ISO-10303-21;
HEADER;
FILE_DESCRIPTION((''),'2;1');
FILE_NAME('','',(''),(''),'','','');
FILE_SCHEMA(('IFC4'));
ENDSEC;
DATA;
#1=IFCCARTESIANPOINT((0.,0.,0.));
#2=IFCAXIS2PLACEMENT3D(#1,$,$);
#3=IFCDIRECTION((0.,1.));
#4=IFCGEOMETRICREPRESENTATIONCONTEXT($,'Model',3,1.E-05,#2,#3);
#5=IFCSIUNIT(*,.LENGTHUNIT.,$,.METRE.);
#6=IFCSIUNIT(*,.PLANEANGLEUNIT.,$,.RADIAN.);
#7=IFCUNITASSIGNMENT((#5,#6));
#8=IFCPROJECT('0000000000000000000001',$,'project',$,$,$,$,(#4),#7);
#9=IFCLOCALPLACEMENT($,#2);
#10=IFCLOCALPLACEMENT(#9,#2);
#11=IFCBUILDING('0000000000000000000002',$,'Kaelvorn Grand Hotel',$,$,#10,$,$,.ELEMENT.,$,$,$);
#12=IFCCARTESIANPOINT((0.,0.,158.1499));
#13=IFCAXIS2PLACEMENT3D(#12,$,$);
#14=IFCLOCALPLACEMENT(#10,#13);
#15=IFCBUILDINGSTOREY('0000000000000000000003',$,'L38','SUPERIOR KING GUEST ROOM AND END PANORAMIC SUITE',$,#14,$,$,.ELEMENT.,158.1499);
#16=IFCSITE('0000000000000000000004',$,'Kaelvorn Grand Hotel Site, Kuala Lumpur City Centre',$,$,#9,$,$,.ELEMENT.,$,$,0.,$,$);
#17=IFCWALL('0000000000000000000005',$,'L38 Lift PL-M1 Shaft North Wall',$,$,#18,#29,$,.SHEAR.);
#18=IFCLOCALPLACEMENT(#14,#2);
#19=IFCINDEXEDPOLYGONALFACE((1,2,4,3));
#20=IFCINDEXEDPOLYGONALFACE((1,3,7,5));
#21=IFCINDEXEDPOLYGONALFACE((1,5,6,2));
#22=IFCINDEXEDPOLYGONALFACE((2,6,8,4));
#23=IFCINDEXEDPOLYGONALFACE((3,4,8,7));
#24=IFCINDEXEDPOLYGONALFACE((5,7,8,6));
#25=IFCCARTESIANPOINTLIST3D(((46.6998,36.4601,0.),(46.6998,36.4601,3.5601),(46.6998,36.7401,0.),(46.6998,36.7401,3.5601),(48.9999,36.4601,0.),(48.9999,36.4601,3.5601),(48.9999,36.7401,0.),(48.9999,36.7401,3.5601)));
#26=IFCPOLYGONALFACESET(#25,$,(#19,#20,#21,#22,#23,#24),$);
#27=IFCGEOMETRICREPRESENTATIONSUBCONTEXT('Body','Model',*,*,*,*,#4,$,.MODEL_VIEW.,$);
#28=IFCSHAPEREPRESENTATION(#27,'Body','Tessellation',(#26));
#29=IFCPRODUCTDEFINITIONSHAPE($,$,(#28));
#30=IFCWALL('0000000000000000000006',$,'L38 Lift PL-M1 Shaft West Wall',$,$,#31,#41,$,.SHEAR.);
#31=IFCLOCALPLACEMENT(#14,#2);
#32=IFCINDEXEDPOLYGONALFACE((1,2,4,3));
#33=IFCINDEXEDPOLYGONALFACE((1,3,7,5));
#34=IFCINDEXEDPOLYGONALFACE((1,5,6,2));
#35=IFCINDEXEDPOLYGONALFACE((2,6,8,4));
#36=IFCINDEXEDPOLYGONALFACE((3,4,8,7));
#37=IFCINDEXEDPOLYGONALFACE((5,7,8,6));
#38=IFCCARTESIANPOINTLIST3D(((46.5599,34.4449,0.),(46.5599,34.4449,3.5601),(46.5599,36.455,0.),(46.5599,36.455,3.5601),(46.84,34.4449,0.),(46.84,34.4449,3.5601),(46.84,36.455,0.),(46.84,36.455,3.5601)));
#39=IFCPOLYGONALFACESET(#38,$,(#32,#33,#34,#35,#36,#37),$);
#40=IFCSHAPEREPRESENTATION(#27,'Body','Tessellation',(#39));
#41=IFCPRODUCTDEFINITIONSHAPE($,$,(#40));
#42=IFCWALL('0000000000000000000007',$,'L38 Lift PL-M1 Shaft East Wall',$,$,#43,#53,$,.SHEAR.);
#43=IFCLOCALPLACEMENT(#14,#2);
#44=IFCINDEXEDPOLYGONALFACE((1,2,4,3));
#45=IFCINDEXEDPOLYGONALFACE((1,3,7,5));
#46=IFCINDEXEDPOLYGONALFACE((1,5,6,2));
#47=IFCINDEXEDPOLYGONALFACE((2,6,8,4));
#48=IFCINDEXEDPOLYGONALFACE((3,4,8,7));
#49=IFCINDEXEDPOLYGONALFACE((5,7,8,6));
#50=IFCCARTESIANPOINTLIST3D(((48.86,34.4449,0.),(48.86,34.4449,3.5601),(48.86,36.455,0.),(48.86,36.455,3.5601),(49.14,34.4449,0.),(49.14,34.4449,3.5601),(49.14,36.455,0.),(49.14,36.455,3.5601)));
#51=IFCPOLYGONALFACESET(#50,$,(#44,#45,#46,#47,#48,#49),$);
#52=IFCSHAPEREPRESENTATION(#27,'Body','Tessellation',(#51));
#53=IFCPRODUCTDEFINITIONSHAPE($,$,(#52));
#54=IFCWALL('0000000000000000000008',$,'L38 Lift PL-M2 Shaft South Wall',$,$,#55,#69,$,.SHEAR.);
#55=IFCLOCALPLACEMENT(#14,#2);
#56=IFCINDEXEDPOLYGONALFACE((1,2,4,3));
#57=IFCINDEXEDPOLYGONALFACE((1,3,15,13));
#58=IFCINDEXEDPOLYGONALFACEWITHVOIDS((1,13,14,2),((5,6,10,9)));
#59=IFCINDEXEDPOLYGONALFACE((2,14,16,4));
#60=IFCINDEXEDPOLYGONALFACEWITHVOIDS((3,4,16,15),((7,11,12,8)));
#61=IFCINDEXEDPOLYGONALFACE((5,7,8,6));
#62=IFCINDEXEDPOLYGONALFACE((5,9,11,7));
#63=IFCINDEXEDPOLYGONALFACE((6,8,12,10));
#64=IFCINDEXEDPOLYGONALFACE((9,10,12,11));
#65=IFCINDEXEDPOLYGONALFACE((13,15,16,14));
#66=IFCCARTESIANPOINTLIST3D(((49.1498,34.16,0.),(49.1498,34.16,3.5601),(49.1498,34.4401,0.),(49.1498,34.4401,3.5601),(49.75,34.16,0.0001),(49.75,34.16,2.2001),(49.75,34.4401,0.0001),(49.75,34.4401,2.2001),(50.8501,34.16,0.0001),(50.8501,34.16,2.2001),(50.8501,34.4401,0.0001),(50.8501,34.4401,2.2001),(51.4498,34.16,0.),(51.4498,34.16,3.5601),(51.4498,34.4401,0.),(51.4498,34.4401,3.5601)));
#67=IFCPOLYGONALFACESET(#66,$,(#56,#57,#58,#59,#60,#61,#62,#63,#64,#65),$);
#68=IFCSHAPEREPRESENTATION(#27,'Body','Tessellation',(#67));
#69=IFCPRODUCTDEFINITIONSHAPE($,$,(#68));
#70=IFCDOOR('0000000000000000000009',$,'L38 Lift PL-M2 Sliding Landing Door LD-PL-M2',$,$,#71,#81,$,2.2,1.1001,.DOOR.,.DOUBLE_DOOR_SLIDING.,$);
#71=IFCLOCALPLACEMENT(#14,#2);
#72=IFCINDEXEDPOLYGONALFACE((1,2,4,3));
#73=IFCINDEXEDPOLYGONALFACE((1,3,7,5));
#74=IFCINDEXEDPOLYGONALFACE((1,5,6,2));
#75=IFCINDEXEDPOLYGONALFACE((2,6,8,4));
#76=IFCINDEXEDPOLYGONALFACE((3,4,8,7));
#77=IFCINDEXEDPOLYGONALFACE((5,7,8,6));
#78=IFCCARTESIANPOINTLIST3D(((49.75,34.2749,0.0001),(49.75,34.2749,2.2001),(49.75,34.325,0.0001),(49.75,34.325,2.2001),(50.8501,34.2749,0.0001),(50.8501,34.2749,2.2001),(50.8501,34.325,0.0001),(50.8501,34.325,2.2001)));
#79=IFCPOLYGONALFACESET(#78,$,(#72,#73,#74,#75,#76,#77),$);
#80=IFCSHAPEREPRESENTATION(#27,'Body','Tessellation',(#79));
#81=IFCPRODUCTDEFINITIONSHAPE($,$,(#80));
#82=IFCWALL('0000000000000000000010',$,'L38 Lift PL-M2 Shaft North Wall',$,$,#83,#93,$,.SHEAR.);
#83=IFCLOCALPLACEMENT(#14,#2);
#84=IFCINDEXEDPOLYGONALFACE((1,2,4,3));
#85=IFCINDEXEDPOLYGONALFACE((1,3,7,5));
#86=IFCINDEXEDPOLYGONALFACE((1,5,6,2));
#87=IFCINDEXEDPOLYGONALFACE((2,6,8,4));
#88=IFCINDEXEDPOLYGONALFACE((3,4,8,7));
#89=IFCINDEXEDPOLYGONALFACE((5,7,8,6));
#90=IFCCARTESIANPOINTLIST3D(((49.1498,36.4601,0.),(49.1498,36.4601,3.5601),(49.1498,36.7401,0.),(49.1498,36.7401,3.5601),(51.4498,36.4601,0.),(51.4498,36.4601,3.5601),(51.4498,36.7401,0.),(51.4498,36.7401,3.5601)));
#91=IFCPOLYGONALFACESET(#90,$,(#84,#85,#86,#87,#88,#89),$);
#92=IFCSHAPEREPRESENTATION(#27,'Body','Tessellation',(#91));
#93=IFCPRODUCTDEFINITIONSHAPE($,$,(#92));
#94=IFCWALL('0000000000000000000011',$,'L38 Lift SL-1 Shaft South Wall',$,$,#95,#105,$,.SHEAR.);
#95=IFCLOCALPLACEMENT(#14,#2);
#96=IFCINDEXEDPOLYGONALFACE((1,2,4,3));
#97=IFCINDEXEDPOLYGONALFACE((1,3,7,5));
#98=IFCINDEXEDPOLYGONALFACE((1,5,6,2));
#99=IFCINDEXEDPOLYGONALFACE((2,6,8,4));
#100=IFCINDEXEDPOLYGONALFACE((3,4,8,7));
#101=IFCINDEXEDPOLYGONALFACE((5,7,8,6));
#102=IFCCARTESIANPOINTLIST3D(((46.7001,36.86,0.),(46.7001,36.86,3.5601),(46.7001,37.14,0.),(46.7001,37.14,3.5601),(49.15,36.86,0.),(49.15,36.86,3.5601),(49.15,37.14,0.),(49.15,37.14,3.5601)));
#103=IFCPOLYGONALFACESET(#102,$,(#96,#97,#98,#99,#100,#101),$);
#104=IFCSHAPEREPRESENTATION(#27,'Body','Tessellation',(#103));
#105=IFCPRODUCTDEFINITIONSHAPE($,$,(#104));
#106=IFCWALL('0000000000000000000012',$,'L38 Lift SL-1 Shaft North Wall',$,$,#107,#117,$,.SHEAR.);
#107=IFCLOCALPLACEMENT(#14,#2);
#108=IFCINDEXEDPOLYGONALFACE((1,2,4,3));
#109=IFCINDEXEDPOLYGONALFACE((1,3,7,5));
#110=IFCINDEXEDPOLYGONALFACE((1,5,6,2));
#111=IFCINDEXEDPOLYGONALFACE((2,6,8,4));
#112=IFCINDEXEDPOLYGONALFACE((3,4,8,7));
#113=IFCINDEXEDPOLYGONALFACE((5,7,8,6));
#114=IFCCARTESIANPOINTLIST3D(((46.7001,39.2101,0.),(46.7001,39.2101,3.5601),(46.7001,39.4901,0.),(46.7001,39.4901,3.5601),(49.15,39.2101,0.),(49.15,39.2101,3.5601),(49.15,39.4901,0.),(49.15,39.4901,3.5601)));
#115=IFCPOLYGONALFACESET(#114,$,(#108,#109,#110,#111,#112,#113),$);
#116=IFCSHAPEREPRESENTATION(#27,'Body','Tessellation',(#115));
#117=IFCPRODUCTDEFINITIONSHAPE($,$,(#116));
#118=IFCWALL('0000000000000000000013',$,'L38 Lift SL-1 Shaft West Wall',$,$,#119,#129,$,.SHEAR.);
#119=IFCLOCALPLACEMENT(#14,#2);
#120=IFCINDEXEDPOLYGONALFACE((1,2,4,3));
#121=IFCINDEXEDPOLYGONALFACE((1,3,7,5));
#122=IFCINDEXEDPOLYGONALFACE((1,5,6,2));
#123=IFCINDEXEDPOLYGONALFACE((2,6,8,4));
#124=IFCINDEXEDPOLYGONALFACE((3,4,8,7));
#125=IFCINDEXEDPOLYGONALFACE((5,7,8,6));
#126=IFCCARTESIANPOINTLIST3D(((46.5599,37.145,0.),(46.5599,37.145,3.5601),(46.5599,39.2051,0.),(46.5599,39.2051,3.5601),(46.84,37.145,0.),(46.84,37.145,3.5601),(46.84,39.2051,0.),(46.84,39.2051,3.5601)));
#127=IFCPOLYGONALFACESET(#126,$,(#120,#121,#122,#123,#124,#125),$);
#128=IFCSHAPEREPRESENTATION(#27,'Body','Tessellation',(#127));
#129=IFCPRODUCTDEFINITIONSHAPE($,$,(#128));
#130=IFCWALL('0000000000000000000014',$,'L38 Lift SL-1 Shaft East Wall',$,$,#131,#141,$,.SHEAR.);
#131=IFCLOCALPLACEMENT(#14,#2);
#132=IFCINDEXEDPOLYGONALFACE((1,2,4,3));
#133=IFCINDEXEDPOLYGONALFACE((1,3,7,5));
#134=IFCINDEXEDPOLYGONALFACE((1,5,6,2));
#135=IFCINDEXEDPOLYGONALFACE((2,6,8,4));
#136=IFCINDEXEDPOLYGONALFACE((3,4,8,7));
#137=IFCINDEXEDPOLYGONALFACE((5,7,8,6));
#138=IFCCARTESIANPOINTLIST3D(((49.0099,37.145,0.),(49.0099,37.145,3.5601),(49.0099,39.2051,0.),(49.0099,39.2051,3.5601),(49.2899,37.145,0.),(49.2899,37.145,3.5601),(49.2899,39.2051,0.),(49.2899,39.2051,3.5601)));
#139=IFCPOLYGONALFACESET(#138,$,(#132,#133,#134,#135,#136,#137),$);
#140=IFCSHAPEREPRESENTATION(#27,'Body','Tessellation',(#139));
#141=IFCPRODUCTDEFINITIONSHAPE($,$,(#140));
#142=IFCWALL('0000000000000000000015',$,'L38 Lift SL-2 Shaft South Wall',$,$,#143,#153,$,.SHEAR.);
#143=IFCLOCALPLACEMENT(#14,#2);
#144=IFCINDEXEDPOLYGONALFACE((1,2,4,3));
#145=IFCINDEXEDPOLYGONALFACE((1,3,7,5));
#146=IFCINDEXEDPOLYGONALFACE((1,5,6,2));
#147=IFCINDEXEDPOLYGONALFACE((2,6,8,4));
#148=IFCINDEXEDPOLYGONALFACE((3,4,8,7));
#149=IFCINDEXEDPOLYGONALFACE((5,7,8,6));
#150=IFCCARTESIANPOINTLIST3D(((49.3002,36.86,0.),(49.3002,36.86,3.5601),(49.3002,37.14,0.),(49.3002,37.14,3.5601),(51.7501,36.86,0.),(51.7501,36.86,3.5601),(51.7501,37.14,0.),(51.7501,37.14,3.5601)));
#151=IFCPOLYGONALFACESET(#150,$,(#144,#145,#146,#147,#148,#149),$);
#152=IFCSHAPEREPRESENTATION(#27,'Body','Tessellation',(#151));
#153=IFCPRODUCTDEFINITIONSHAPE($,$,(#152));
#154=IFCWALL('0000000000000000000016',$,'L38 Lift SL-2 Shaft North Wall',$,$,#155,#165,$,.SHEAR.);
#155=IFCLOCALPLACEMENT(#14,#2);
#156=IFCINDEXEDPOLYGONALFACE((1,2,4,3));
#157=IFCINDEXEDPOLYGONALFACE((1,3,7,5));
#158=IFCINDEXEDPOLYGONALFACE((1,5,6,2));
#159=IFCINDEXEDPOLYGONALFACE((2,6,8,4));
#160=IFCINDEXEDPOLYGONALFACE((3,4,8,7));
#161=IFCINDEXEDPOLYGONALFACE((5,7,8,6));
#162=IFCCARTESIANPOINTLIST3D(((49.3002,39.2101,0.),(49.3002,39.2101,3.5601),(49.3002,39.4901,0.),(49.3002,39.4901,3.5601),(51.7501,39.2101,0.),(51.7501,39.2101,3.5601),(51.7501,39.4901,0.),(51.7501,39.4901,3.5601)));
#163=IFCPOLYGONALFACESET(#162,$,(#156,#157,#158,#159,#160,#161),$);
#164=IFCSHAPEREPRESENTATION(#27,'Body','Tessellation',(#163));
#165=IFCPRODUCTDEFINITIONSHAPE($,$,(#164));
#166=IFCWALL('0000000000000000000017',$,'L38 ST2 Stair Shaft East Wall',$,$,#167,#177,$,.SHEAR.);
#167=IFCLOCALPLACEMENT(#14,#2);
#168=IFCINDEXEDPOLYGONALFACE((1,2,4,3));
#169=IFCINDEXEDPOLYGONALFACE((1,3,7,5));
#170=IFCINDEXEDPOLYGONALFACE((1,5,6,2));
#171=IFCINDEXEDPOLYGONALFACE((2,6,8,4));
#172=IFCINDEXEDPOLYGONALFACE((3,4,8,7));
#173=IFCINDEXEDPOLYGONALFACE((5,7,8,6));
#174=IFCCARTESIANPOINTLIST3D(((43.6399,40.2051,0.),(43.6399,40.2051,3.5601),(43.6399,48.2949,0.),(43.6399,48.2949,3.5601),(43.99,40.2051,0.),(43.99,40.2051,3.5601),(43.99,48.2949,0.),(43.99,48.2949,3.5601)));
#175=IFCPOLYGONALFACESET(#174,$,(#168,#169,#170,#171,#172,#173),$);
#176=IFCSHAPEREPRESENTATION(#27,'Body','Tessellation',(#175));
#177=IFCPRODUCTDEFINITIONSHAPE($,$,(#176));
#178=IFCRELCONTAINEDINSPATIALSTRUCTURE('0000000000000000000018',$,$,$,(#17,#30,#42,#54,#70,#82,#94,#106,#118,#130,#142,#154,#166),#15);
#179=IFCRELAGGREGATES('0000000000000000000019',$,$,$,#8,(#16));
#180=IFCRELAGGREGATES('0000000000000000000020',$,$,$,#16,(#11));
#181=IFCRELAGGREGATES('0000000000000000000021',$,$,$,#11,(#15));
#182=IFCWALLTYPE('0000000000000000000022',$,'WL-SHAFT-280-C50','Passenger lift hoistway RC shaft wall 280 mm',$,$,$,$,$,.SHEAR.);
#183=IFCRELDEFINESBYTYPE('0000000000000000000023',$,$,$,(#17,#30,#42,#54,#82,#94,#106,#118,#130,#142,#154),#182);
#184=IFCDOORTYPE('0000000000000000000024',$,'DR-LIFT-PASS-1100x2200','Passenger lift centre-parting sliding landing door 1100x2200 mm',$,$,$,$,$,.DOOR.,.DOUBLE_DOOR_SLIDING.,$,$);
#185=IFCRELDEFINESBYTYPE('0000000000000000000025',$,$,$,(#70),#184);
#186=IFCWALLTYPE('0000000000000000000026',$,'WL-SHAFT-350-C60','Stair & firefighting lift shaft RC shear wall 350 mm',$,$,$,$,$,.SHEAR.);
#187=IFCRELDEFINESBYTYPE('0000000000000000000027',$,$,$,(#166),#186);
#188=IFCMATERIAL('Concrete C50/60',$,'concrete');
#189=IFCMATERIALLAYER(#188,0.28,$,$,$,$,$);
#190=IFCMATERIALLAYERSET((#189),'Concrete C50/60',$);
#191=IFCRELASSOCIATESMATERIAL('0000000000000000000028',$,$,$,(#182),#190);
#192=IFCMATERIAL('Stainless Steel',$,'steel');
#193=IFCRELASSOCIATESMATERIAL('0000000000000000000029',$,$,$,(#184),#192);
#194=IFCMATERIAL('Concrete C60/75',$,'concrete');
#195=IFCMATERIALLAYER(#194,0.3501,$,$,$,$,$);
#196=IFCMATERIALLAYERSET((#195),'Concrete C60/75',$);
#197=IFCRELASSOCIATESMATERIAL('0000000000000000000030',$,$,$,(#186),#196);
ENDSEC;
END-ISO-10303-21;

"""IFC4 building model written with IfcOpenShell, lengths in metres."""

from ifc_helpers import new_model, si_unit, direction, frame, frame_2d, origin, place, context, subcontext, project, spatial, rectangle, extrude, material, layer, layer_set, type_object, element, fill, save


model = new_model("IFC4")

# Units and contexts
model_context = context("Model", 3, precision=1e-05, world=origin(), true_north=direction((0.0, 1.0)))
body_context = subcontext(model_context, "Body", "Model", "MODEL_VIEW")
ifc_project = project(units=[si_unit("LENGTHUNIT", "METRE"), si_unit("PLANEANGLEUNIT", "RADIAN")], contexts=[model_context])

# Site, building, storey
site_placement = place(None, origin())
site = spatial("IfcSite", under=ifc_project, at=site_placement, Name="Kaelvorn Grand Hotel Site, Kuala Lumpur City Centre", CompositionType="ELEMENT", RefElevation=0.0)
building_placement = place(site_placement, origin())
building = spatial("IfcBuilding", under=site, at=building_placement, Name="Kaelvorn Grand Hotel", CompositionType="ELEMENT")
storey_placement = place(building_placement, frame((0.0, 0.0, 158.1499)))
storey = spatial("IfcBuildingStorey", under=building, at=storey_placement, Name="L38", Description="SUPERIOR KING GUEST ROOM AND END PANORAMIC SUITE", CompositionType="ELEMENT", Elevation=158.1499)

# Shared definitions
ifc_material_1 = material(Name="Concrete C60/75", Category="concrete")

# Shared definitions
ifc_material_2 = material(Name="Concrete C50/60", Category="concrete")

# Shared definitions
ifc_layer_1 = layer(ifc_material_2, 0.28)
ifc_layer_set_1 = layer_set([ifc_layer_1], Name="Concrete C50/60")
wall_type_1 = type_object("IfcWallType", Name="WL-SHAFT-280-C50", Description="Passenger lift hoistway RC shaft wall 280 mm", PredefinedType="SHEAR", material=ifc_layer_set_1)
ifc_material_3 = material(Name="Stainless Steel", Category="steel")
door_type_1 = type_object("IfcDoorType", Name="DR-LIFT-PASS-1100x2200", Description="Passenger lift centre-parting sliding landing door 1100x2200 mm", OperationType="DOUBLE_DOOR_SLIDING", PredefinedType="DOOR", material=ifc_material_3)

# Walls
wall_1_placement = place(storey_placement, frame((46.7, 36.6001, 0.0), z_axis=(0.0, 0.0, 1.0), x_axis=(1.0, 0.0, 0.0)))
element("IfcWall", 1, at=wall_1_placement, inside=storey, type_object=wall_type_1, Name="L38 Lift PL-M1 Shaft North Wall", PredefinedType="SHEAR", context=body_context, shape_type="SweptSolid", body=[
    extrude(rectangle(XDim=2.3, YDim=0.28, at=frame_2d((1.1499, 0.0))), origin(), (0.0, 0.0, 1.0), 3.5601),
])
for number, where, z_axis, x_axis, name in (
    (2, (46.7, 34.4451, 0.0), (0.0, 0.0, 1.0), (0.0, 1.0, 0.0), "L38 Lift PL-M1 Shaft West Wall"),
    (3, (49.0, 34.4451, 0.0), (0.0, 0.0, 1.0), (0.0, 1.0, 0.0), "L38 Lift PL-M1 Shaft East Wall"),
):
    element("IfcWall", number, at=place(storey_placement, frame(where, z_axis=z_axis, x_axis=x_axis)), inside=storey, type_object=wall_type_1, Name=name, PredefinedType="SHEAR", context=body_context, shape_type="SweptSolid", body=[
        extrude(rectangle(XDim=2.01, YDim=0.28, at=frame_2d((1.0049, 0.0))), origin(), (0.0, 0.0, 1.0), 3.5601),
    ])

# Wall, opening, door
wall_2_placement = place(storey_placement, frame((49.1499, 34.3, 0.0), z_axis=(0.0, 0.0, 1.0), x_axis=(1.0, 0.0, 0.0)))
wall_2 = element("IfcWall", 4, at=wall_2_placement, inside=storey, type_object=wall_type_1, Name="L38 Lift PL-M2 Shaft South Wall", PredefinedType="SHEAR", context=body_context, shape_type="SweptSolid", body=[
    extrude(rectangle(XDim=2.3, YDim=0.28, at=frame_2d((1.1499, 0.0))), origin(), (0.0, 0.0, 1.0), 3.5601),
])
opening_1_placement = place(wall_2_placement, frame((0.6001, 0.0, 0.0)))
opening_1 = element("IfcOpeningElement", 5, at=opening_1_placement, cuts=wall_2, PredefinedType="OPENING", context=body_context, shape_type="SweptSolid", body=[
    extrude(rectangle(XDim=1.1001, YDim=2.2, at=frame_2d((0.55, 1.1001))), frame((0.0, 0.1499, 0.0), z_axis=(0.0, -1.0, 0.0), x_axis=(1.0, 0.0, 0.0)), (0.0, 0.0, 1.0), 0.3),
])
door_1_placement = place(opening_1_placement, origin())
door_1 = element("IfcDoor", 6, at=door_1_placement, inside=storey, type_object=door_type_1, Name="L38 Lift PL-M2 Sliding Landing Door LD-PL-M2", OperationType="DOUBLE_DOOR_SLIDING", OverallHeight=2.2, OverallWidth=1.1001, PredefinedType="DOOR", context=body_context, shape_type="SweptSolid", body=[
    extrude(rectangle(XDim=1.1001, YDim=2.2, at=frame_2d((0.55, 1.1001))), frame((0.0, 0.0249, 0.0), z_axis=(0.0, -1.0, 0.0), x_axis=(1.0, 0.0, 0.0)), (0.0, 0.0, 1.0), 0.05),
])
fill(opening_1, door_1)

# Walls
wall_3_placement = place(storey_placement, frame((49.1499, 36.6001, 0.0), z_axis=(0.0, 0.0, 1.0), x_axis=(1.0, 0.0, 0.0)))
element("IfcWall", 7, at=wall_3_placement, inside=storey, type_object=wall_type_1, Name="L38 Lift PL-M2 Shaft North Wall", PredefinedType="SHEAR", context=body_context, shape_type="SweptSolid", body=[
    extrude(rectangle(XDim=2.3, YDim=0.28, at=frame_2d((1.1499, 0.0))), origin(), (0.0, 0.0, 1.0), 3.5601),
])
for number, where, z_axis, x_axis, name in (
    (8, (46.7, 37.0, 0.0), (0.0, 0.0, 1.0), (1.0, 0.0, 0.0), "L38 Lift SL-1 Shaft South Wall"),
    (9, (46.7, 39.3501, 0.0), (0.0, 0.0, 1.0), (1.0, 0.0, 0.0), "L38 Lift SL-1 Shaft North Wall"),
):
    element("IfcWall", number, at=place(storey_placement, frame(where, z_axis=z_axis, x_axis=x_axis)), inside=storey, type_object=wall_type_1, Name=name, PredefinedType="SHEAR", context=body_context, shape_type="SweptSolid", body=[
        extrude(rectangle(XDim=2.45, YDim=0.28, at=frame_2d((1.2251, 0.0))), origin(), (0.0, 0.0, 1.0), 3.5601),
    ])
for number, where, z_axis, x_axis, name in (
    (10, (46.7, 37.145, 0.0), (0.0, 0.0, 1.0), (0.0, 1.0, 0.0), "L38 Lift SL-1 Shaft West Wall"),
    (11, (49.1499, 37.145, 0.0), (0.0, 0.0, 1.0), (0.0, 1.0, 0.0), "L38 Lift SL-1 Shaft East Wall"),
):
    element("IfcWall", number, at=place(storey_placement, frame(where, z_axis=z_axis, x_axis=x_axis)), inside=storey, type_object=wall_type_1, Name=name, PredefinedType="SHEAR", context=body_context, shape_type="SweptSolid", body=[
        extrude(rectangle(XDim=2.0601, YDim=0.28, at=frame_2d((1.03, 0.0))), origin(), (0.0, 0.0, 1.0), 3.5601),
    ])
for number, where, z_axis, x_axis, name in (
    (12, (49.3, 37.0, 0.0), (0.0, 0.0, 1.0), (1.0, 0.0, 0.0), "L38 Lift SL-2 Shaft South Wall"),
    (13, (49.3, 39.3501, 0.0), (0.0, 0.0, 1.0), (1.0, 0.0, 0.0), "L38 Lift SL-2 Shaft North Wall"),
):
    element("IfcWall", number, at=place(storey_placement, frame(where, z_axis=z_axis, x_axis=x_axis)), inside=storey, type_object=wall_type_1, Name=name, PredefinedType="SHEAR", context=body_context, shape_type="SweptSolid", body=[
        extrude(rectangle(XDim=2.45, YDim=0.28, at=frame_2d((1.2251, 0.0))), origin(), (0.0, 0.0, 1.0), 3.5601),
    ])
ifc_layer_2 = layer(ifc_material_1, 0.3501)
ifc_layer_set_2 = layer_set([ifc_layer_2], Name="Concrete C60/75")
wall_type_2 = type_object("IfcWallType", Name="WL-SHAFT-350-C60", Description="Stair & firefighting lift shaft RC shear wall 350 mm", PredefinedType="SHEAR", material=ifc_layer_set_2)
wall_4_placement = place(storey_placement, frame((43.8149, 40.2051, 0.0), z_axis=(0.0, 0.0, 1.0), x_axis=(0.0, 1.0, 0.0)))
element("IfcWall", 14, at=wall_4_placement, inside=storey, type_object=wall_type_2, Name="L38 ST2 Stair Shaft East Wall", PredefinedType="SHEAR", context=body_context, shape_type="SweptSolid", body=[
    extrude(rectangle(XDim=8.0898, YDim=0.3501, at=frame_2d((4.0449, 0.0))), origin(), (0.0, 0.0, 1.0), 3.5601),
])

save(model, "model.ifc")
